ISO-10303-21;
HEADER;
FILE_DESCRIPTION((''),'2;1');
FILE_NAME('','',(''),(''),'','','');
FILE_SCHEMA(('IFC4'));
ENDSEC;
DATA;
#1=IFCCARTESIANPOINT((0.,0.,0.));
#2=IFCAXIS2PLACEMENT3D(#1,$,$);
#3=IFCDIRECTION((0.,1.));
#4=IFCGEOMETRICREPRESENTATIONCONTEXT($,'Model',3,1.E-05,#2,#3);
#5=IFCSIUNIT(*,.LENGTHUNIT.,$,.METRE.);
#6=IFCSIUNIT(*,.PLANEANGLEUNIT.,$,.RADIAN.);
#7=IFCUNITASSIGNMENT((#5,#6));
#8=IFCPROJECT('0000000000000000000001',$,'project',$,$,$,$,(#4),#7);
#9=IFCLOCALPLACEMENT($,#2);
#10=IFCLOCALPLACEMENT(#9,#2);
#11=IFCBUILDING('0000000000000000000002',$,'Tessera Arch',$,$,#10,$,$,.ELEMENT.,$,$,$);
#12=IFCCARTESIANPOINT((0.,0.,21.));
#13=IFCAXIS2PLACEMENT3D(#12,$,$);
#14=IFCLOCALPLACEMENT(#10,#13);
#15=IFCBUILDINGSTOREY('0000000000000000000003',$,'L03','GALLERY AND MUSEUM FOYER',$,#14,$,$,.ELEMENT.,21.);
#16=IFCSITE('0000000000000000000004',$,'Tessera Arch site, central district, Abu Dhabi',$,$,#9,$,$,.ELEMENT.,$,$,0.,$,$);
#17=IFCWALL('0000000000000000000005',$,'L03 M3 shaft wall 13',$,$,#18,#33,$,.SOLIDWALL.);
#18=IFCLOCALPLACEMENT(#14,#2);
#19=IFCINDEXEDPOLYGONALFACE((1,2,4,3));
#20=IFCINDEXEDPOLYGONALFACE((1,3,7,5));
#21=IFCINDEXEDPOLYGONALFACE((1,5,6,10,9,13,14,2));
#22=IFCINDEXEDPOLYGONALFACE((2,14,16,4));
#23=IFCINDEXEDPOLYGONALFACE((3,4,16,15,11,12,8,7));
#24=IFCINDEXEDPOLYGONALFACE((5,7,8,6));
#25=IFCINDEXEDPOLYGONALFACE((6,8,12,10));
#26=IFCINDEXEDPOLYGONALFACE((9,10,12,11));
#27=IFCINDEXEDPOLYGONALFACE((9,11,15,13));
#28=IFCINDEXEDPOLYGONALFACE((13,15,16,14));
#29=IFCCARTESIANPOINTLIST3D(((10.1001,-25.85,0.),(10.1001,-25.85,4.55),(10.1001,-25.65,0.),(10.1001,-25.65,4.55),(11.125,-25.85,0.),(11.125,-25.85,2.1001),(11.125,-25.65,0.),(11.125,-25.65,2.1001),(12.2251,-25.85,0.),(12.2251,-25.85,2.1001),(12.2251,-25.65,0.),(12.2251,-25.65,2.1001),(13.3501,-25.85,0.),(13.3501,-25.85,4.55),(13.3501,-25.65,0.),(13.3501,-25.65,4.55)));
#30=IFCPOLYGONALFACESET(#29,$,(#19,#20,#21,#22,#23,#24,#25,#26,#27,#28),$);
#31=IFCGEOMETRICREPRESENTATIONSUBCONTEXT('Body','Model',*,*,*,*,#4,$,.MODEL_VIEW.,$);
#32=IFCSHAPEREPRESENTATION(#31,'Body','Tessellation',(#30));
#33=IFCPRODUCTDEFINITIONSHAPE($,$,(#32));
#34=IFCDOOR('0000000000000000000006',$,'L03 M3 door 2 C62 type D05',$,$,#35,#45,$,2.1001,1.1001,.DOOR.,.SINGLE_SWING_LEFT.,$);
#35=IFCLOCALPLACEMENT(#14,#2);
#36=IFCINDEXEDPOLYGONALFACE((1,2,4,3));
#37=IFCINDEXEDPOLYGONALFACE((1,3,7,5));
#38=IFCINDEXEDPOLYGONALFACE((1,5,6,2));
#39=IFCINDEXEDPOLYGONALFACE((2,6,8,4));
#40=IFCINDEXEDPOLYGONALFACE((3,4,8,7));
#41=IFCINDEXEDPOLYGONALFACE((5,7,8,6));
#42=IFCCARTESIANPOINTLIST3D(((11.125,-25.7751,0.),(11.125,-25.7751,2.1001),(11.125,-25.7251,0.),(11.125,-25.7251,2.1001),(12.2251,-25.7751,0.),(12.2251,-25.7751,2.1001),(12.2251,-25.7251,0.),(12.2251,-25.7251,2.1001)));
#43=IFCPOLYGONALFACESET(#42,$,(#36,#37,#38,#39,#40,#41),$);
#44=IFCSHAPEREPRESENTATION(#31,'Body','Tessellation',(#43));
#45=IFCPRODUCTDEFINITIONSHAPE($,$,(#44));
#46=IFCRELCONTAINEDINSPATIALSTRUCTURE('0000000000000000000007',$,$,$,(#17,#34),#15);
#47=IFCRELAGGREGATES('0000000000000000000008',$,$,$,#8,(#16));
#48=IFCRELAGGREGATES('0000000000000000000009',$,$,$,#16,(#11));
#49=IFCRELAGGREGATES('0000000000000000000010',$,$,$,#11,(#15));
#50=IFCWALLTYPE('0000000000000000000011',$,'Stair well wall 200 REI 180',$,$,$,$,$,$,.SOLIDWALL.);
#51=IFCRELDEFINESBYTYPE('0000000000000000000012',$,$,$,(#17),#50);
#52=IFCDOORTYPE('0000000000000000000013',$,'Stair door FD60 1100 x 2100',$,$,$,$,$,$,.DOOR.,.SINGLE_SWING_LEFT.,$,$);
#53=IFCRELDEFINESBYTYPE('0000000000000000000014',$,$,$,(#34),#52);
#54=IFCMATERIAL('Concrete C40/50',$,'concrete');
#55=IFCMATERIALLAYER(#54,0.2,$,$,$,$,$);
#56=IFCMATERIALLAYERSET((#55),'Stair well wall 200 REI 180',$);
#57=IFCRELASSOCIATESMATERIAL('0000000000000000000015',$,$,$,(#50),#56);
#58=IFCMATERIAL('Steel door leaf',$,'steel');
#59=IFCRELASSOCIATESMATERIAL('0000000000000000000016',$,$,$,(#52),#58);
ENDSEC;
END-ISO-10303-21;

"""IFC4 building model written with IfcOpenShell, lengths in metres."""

from ifc_helpers import new_model, si_unit, direction, frame, frame_2d, origin, place, context, subcontext, project, spatial, rectangle, extrude, material, layer, layer_set, type_object, element, fill, save


model = new_model("IFC4")

# Units and contexts
model_context = context("Model", 3, precision=1e-05, world=origin(), true_north=direction((0.0, 1.0)))
body_context = subcontext(model_context, "Body", "Model", "MODEL_VIEW")
ifc_project = project(units=[si_unit("LENGTHUNIT", "METRE"), si_unit("PLANEANGLEUNIT", "RADIAN")], contexts=[model_context])

# Site, building, storey
site_placement = place(None, origin())
site = spatial("IfcSite", under=ifc_project, at=site_placement, Name="Tessera Arch site, central district, Abu Dhabi", CompositionType="ELEMENT", RefElevation=0.0)
building_placement = place(site_placement, origin())
building = spatial("IfcBuilding", under=site, at=building_placement, Name="Tessera Arch", CompositionType="ELEMENT")
storey_placement = place(building_placement, frame((0.0, 0.0, 21.0)))
storey = spatial("IfcBuildingStorey", under=building, at=storey_placement, Name="L03", Description="GALLERY AND MUSEUM FOYER", CompositionType="ELEMENT", Elevation=21.0)

# Shared definitions
ifc_material_1 = material(Name="Concrete C40/50", Category="concrete")
ifc_layer_1 = layer(ifc_material_1, 0.2)
ifc_layer_set_1 = layer_set([ifc_layer_1], Name="Stair well wall 200 REI 180")
wall_type_1 = type_object("IfcWallType", Name="Stair well wall 200 REI 180", PredefinedType="SOLIDWALL", material=ifc_layer_set_1)
ifc_material_2 = material(Name="Steel door leaf", Category="steel")
door_type_1 = type_object("IfcDoorType", Name="Stair door FD60 1100 x 2100", OperationType="SINGLE_SWING_LEFT", PredefinedType="DOOR", material=ifc_material_2)

# Wall, opening, door
wall_1_placement = place(storey_placement, frame((10.1001, -25.75, 0.0), z_axis=(0.0, 0.0, 1.0), x_axis=(1.0, 0.0, 0.0)))
wall_1 = element("IfcWall", 1, at=wall_1_placement, inside=storey, type_object=wall_type_1, Name="L03 M3 shaft wall 13", PredefinedType="SOLIDWALL", context=body_context, shape_type="SweptSolid", body=[
    extrude(rectangle(XDim=3.25, YDim=0.2, at=frame_2d((1.625, 0.0))), origin(), (0.0, 0.0, 1.0), 4.55),
])
opening_1_placement = place(wall_1_placement, frame((1.0249, 0.0, 0.0)))
opening_1 = element("IfcOpeningElement", 2, at=opening_1_placement, cuts=wall_1, PredefinedType="OPENING", context=body_context, shape_type="SweptSolid", body=[
    extrude(rectangle(XDim=1.1001, YDim=2.1001, at=frame_2d((0.55, 1.05))), frame((0.0, 0.1099, 0.0), z_axis=(0.0, -1.0, 0.0), x_axis=(1.0, 0.0, 0.0)), (0.0, 0.0, 1.0), 0.22),
])
door_1_placement = place(opening_1_placement, origin())
door_1 = element("IfcDoor", 3, at=door_1_placement, inside=storey, type_object=door_type_1, Name="L03 M3 door 2 C62 type D05", OperationType="SINGLE_SWING_LEFT", OverallHeight=2.1001, OverallWidth=1.1001, PredefinedType="DOOR", context=body_context, shape_type="SweptSolid", body=[
    extrude(rectangle(XDim=1.1001, YDim=2.1001, at=frame_2d((0.55, 1.05))), frame((0.0, 0.0249, 0.0), z_axis=(0.0, -1.0, 0.0), x_axis=(1.0, 0.0, 0.0)), (0.0, 0.0, 1.0), 0.05),
])
fill(opening_1, door_1)

save(model, "model.ifc")
